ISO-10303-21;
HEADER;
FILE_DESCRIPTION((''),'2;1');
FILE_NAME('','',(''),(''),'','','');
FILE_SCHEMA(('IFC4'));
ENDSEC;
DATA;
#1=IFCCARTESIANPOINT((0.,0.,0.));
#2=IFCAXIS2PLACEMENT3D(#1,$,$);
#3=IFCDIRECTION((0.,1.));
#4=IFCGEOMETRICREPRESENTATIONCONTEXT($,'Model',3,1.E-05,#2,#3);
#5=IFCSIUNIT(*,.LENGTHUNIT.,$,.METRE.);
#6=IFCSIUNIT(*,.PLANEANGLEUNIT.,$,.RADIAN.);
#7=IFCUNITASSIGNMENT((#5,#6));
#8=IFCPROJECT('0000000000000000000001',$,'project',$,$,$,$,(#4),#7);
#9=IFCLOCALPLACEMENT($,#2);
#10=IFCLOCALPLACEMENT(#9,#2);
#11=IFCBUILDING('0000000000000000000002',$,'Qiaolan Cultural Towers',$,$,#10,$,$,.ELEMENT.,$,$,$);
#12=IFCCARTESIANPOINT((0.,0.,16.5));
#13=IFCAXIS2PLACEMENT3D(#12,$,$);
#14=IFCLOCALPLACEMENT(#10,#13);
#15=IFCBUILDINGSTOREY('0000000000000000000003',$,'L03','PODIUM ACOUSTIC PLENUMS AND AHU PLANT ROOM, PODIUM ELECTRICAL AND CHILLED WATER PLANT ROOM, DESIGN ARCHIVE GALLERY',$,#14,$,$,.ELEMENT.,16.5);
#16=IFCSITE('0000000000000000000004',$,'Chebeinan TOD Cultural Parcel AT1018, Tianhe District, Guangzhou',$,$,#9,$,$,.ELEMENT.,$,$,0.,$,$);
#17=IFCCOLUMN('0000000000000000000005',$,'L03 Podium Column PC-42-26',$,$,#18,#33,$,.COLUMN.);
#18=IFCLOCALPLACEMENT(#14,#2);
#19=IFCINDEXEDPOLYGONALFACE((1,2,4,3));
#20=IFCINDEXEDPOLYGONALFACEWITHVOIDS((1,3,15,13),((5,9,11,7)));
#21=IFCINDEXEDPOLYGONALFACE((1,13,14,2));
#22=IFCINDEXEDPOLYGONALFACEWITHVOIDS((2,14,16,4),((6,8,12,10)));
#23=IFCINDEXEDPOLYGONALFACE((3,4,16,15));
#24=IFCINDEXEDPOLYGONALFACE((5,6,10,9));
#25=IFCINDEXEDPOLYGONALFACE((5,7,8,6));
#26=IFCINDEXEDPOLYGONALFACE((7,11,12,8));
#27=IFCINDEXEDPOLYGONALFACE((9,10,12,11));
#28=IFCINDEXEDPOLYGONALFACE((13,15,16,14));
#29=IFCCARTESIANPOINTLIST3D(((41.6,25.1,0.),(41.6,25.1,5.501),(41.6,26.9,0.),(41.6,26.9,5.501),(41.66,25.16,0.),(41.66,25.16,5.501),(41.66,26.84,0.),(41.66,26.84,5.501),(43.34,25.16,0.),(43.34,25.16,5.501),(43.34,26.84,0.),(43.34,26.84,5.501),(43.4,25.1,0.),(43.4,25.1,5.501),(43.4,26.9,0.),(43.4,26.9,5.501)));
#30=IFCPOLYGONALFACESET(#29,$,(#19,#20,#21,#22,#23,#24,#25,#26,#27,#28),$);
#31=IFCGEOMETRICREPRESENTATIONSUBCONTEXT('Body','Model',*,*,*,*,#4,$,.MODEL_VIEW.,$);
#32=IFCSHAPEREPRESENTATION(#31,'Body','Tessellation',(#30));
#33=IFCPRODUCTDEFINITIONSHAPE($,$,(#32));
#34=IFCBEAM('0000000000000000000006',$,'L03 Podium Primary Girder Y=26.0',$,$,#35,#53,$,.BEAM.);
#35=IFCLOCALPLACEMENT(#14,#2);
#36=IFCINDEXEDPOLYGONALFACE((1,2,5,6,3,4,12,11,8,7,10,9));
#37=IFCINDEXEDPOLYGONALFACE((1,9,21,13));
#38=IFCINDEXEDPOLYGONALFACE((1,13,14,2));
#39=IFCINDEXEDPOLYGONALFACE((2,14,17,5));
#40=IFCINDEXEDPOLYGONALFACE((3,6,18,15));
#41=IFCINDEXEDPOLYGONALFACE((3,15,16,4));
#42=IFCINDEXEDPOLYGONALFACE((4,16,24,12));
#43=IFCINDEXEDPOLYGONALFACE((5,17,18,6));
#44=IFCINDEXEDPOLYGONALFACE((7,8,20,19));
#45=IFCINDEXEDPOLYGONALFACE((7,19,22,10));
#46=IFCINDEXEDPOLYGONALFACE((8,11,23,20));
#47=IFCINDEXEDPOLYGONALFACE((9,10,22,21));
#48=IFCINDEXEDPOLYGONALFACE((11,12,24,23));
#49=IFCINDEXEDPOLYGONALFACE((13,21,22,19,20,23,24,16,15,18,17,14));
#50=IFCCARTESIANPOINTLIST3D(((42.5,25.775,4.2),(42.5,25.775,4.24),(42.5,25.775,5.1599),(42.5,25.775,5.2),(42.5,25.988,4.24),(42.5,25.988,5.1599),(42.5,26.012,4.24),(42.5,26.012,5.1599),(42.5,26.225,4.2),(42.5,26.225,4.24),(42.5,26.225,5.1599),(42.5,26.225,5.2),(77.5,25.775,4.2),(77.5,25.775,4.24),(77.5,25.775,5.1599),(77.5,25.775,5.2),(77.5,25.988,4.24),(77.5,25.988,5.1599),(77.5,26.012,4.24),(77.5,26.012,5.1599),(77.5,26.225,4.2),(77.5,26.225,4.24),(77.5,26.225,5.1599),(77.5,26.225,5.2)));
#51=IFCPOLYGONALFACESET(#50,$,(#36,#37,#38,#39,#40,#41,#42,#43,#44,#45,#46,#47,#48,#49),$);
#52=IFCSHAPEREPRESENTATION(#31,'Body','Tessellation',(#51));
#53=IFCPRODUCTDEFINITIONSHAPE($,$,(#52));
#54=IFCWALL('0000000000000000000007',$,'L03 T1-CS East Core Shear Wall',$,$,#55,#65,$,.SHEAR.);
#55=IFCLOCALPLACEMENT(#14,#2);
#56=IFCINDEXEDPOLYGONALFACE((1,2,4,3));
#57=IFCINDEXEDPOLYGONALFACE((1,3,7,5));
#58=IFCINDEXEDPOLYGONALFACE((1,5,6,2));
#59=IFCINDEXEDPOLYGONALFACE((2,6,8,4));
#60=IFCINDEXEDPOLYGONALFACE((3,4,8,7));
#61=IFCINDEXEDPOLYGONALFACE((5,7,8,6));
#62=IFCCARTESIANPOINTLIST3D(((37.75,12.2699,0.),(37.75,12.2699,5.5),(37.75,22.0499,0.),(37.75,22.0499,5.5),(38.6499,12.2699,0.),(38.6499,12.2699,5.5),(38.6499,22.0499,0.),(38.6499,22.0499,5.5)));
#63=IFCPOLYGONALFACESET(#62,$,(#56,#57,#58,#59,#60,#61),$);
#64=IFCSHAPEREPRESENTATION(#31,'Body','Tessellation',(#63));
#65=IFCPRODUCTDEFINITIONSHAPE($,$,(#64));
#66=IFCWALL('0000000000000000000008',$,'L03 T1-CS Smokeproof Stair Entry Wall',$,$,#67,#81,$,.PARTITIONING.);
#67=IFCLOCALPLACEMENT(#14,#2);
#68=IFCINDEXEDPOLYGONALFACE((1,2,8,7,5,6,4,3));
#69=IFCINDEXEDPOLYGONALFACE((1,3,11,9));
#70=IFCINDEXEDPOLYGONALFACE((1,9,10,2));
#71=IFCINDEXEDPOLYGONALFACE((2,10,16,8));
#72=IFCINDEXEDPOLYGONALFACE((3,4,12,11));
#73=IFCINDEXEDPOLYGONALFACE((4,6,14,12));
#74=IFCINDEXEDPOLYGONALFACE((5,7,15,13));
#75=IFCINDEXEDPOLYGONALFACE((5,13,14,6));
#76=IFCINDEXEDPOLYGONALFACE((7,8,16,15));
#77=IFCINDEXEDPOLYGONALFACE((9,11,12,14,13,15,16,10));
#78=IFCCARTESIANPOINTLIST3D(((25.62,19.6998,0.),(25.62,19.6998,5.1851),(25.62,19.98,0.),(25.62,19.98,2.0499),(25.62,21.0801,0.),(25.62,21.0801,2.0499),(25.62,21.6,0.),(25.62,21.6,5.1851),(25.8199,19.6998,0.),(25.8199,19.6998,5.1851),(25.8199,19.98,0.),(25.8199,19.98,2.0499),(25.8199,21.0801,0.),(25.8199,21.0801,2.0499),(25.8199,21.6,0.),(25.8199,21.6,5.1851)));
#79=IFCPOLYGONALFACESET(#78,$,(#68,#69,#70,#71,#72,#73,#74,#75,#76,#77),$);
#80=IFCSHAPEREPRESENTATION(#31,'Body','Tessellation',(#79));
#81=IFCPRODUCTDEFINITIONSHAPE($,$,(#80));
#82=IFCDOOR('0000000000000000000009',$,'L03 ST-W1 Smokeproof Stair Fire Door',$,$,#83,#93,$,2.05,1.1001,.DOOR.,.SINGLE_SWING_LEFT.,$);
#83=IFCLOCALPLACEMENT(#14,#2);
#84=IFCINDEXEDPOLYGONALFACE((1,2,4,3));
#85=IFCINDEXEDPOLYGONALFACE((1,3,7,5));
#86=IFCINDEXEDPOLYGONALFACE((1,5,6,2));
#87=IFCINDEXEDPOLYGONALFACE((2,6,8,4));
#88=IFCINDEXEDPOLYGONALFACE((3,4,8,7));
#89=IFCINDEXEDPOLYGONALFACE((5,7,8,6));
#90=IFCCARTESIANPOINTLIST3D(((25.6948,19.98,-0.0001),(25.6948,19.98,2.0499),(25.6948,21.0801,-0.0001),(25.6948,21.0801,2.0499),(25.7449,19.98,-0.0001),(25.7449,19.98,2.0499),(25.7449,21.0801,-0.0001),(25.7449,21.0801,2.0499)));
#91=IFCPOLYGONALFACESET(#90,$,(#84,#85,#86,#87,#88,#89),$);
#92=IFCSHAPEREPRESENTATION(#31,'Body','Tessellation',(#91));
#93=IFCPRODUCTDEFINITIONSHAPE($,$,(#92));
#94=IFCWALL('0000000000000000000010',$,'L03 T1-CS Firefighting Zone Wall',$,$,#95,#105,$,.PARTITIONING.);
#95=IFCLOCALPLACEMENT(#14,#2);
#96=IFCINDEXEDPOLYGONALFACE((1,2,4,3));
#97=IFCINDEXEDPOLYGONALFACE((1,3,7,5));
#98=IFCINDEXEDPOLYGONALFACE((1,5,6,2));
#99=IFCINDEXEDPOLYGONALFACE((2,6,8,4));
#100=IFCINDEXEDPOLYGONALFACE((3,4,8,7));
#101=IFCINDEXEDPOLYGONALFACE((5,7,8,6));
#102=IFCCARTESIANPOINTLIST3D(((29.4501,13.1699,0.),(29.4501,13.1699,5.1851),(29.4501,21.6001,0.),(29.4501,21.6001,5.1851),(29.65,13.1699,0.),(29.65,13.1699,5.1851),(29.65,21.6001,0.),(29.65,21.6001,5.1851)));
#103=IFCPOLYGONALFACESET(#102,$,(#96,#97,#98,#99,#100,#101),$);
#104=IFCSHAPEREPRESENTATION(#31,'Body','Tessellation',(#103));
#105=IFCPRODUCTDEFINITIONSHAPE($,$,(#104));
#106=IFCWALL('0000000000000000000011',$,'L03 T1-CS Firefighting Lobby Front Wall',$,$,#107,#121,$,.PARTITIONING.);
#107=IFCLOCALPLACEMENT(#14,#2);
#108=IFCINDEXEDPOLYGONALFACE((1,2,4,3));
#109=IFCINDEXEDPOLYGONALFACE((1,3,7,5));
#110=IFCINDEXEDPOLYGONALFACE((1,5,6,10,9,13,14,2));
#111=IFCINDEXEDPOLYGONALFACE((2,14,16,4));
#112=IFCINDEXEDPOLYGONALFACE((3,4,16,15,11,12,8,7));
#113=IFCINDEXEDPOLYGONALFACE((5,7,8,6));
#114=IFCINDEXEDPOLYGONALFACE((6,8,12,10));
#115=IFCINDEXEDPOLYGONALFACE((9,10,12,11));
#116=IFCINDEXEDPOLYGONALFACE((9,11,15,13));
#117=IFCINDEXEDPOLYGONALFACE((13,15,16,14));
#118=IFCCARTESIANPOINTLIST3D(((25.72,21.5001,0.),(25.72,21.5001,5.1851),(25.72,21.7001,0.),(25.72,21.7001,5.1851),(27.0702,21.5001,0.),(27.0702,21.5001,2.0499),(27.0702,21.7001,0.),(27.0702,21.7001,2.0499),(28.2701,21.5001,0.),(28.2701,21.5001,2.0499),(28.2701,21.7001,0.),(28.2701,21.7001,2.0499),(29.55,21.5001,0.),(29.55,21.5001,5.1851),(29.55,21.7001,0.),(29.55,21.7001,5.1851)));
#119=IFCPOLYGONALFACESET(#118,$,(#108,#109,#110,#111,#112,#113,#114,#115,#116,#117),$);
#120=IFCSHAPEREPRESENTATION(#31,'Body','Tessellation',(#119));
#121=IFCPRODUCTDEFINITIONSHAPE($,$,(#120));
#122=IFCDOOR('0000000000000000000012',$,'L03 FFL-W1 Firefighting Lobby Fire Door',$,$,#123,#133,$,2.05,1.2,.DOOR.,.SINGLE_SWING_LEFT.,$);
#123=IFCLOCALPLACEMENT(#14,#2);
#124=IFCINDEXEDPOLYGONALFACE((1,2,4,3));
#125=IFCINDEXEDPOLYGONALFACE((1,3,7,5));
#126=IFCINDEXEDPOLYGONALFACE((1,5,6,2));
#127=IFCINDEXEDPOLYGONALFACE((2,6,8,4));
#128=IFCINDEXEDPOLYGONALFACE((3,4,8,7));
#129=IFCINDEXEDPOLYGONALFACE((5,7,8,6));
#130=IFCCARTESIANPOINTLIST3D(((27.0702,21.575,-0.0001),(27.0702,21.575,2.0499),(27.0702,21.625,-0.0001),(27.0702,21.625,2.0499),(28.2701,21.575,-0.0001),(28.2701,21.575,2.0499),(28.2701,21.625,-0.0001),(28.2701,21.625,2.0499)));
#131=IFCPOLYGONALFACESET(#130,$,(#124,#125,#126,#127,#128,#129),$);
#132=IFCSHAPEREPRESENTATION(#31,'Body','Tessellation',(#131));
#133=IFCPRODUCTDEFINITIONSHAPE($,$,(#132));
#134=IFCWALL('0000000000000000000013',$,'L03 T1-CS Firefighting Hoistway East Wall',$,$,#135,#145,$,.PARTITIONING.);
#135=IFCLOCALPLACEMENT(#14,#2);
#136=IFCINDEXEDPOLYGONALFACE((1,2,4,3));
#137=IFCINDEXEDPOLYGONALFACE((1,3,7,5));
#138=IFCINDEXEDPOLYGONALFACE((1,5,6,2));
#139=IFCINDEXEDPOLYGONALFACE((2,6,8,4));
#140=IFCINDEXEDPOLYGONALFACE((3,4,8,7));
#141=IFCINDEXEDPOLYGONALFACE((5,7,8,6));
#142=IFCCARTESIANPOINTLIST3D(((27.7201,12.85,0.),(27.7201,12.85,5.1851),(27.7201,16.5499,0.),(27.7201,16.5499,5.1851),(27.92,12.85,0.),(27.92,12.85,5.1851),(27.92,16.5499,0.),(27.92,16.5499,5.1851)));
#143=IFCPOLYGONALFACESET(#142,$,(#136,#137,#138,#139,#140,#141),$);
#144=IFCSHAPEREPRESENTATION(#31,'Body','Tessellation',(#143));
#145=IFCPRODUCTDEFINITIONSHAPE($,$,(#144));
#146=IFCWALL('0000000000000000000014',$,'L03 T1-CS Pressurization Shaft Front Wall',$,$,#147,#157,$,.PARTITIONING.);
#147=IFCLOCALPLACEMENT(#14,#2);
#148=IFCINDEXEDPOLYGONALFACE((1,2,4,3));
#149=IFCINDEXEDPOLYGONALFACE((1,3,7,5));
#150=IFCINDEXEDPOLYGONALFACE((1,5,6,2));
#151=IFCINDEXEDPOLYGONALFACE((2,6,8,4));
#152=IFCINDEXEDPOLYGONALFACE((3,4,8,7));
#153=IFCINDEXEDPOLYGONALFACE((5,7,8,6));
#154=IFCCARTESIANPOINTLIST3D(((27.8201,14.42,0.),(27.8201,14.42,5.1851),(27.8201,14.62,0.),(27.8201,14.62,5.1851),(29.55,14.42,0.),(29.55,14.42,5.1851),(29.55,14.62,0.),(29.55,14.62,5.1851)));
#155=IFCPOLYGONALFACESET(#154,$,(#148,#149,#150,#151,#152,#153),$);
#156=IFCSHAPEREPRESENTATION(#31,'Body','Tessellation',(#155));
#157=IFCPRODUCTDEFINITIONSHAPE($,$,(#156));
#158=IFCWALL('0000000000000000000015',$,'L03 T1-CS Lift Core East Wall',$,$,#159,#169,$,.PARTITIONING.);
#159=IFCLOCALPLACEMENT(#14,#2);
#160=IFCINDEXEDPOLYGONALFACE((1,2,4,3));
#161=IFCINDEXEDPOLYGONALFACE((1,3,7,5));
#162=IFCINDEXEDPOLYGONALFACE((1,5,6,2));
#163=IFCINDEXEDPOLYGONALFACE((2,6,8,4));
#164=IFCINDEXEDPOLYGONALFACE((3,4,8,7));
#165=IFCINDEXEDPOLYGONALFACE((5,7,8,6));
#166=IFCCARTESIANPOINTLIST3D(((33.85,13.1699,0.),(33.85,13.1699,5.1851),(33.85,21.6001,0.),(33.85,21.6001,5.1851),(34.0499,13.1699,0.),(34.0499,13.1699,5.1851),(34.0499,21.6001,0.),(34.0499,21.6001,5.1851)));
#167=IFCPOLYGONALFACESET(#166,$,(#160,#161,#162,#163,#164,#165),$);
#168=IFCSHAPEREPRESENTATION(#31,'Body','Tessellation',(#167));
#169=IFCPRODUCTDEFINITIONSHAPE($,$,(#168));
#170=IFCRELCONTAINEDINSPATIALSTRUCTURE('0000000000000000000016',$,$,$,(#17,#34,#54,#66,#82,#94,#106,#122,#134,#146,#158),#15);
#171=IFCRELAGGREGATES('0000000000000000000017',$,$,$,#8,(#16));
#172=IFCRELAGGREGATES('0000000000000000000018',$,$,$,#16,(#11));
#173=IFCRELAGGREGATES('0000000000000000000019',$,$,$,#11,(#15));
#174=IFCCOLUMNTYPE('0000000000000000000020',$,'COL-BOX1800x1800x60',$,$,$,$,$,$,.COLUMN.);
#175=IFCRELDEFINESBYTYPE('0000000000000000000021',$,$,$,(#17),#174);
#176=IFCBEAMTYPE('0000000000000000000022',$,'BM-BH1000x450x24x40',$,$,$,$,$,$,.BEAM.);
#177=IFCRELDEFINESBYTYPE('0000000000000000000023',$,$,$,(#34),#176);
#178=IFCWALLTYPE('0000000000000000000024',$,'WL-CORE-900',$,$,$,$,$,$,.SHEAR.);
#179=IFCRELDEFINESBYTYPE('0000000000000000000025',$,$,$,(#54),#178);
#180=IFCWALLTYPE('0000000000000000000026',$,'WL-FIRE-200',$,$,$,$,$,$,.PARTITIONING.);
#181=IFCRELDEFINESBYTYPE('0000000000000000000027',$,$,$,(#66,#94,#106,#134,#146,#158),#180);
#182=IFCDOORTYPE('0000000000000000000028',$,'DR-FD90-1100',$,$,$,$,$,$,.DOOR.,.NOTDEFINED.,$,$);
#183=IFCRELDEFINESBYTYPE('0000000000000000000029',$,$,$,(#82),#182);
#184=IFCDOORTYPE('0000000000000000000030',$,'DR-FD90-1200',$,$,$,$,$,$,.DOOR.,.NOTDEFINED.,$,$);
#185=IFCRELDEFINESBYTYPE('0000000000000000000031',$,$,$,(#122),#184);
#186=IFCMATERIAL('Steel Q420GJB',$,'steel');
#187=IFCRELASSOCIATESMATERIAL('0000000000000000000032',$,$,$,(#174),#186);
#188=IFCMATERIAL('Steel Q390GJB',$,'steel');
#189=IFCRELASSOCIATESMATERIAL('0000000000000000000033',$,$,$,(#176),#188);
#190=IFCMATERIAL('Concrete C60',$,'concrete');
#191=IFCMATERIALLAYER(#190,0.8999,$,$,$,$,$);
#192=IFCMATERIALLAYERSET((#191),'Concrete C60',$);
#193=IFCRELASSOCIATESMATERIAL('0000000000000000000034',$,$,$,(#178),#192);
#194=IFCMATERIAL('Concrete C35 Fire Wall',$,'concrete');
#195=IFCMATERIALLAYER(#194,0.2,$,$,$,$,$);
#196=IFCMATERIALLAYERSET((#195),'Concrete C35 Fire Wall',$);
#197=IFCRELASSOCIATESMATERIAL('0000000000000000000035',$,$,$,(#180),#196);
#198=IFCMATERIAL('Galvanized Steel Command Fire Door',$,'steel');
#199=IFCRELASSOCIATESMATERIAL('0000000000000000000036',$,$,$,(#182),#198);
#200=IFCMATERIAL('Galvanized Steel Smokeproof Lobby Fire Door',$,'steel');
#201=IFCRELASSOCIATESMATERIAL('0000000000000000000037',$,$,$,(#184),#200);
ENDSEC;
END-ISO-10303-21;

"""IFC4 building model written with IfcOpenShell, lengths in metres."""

from ifc_helpers import new_model, si_unit, direction, frame, frame_2d, origin, origin_2d, place, context, subcontext, project, spatial, rectangle, hollow_rectangle, i_section, extrude, material, layer, layer_set, material_profile, profile_set, type_object, element, fill, save


model = new_model("IFC4")

# Units and contexts
model_context = context("Model", 3, precision=1e-05, world=origin(), true_north=direction((0.0, 1.0)))
body_context = subcontext(model_context, "Body", "Model", "MODEL_VIEW")
ifc_project = project(units=[si_unit("LENGTHUNIT", "METRE"), si_unit("PLANEANGLEUNIT", "RADIAN")], contexts=[model_context])

# Site, building, storey
site_placement = place(None, origin())
site = spatial("IfcSite", under=ifc_project, at=site_placement, Name="Chebeinan TOD Cultural Parcel AT1018, Tianhe District, Guangzhou", CompositionType="ELEMENT", RefElevation=0.0)
building_placement = place(site_placement, origin())
building = spatial("IfcBuilding", under=site, at=building_placement, Name="Qiaolan Cultural Towers", CompositionType="ELEMENT")
storey_placement = place(building_placement, frame((0.0, 0.0, 16.5)))
storey = spatial("IfcBuildingStorey", under=building, at=storey_placement, Name="L03", Description="PODIUM ACOUSTIC PLENUMS AND AHU PLANT ROOM, PODIUM ELECTRICAL AND CHILLED WATER PLANT ROOM, DESIGN ARCHIVE GALLERY", CompositionType="ELEMENT", Elevation=16.5)

# Column
ifc_material_1 = material(Name="Steel Q420GJB", Category="steel")
ifc_material_profile_1 = material_profile(ifc_material_1, hollow_rectangle(XDim=1.8, YDim=1.8, WallThickness=0.0601, at=origin_2d()), Name="BOX1800x1800x60")
ifc_profile_set_1 = profile_set([ifc_material_profile_1], Name="Steel Q420GJB")
column_type = type_object("IfcColumnType", Name="COL-BOX1800x1800x60", PredefinedType="COLUMN", material=ifc_profile_set_1)
column_placement = place(storey_placement, frame((42.5, 26.0, 0.0), z_axis=(0.0, 0.0, 1.0), x_axis=(1.0, 0.0, 0.0)))
element("IfcColumn", 1, at=column_placement, inside=storey, type_object=column_type, Name="L03 Podium Column PC-42-26", PredefinedType="COLUMN", context=body_context, shape_type="SweptSolid", body=[
    extrude(hollow_rectangle(XDim=1.8, YDim=1.8, WallThickness=0.0601, at=origin_2d()), origin(), (0.0, 0.0, 1.0), 5.501),
])

# Beam
ifc_material_2 = material(Name="Steel Q390GJB", Category="steel")
ifc_material_profile_2 = material_profile(ifc_material_2, i_section(OverallWidth=0.45, OverallDepth=1.0, WebThickness=0.0239, FlangeThickness=0.04, at=origin_2d()), Name="BH1000x450x24x40")
ifc_profile_set_2 = profile_set([ifc_material_profile_2], Name="Steel Q390GJB")
beam_type = type_object("IfcBeamType", Name="BM-BH1000x450x24x40", PredefinedType="BEAM", material=ifc_profile_set_2)
beam_placement = place(storey_placement, frame((42.5, 26.0, 4.7), z_axis=(1.0, 0.0, 0.0), x_axis=(0.0, 1.0, 0.0)))
element("IfcBeam", 2, at=beam_placement, inside=storey, type_object=beam_type, Name="L03 Podium Primary Girder Y=26.0", PredefinedType="BEAM", context=body_context, shape_type="SweptSolid", body=[
    extrude(i_section(OverallWidth=0.45, OverallDepth=1.0, WebThickness=0.0239, FlangeThickness=0.04, at=origin_2d()), origin(), (0.0, 0.0, 1.0), 35.0),
])

# Wall
ifc_material_3 = material(Name="Concrete C60", Category="concrete")
ifc_layer_1 = layer(ifc_material_3, 0.8999)
ifc_layer_set_1 = layer_set([ifc_layer_1], Name="Concrete C60")
wall_type_1 = type_object("IfcWallType", Name="WL-CORE-900", PredefinedType="SHEAR", material=ifc_layer_set_1)
wall_1_placement = place(storey_placement, frame((38.2, 22.05, 0.0), z_axis=(0.0, 0.0, 1.0), x_axis=(0.0, -1.0, 0.0)))
element("IfcWall", 3, at=wall_1_placement, inside=storey, type_object=wall_type_1, Name="L03 T1-CS East Core Shear Wall", PredefinedType="SHEAR", context=body_context, shape_type="SweptSolid", body=[
    extrude(rectangle(XDim=9.78, YDim=0.8999, at=frame_2d((4.8901, 0.0))), origin(), (0.0, 0.0, 1.0), 5.5),
])

# Wall, opening, door
ifc_material_4 = material(Name="Concrete C35 Fire Wall", Category="concrete")
ifc_layer_2 = layer(ifc_material_4, 0.2)
ifc_layer_set_2 = layer_set([ifc_layer_2], Name="Concrete C35 Fire Wall")
wall_type_2 = type_object("IfcWallType", Name="WL-FIRE-200", PredefinedType="PARTITIONING", material=ifc_layer_set_2)
wall_2_placement = place(storey_placement, frame((25.72, 21.6001, 0.0), z_axis=(0.0, 0.0, 1.0), x_axis=(0.0, -1.0, 0.0)))
wall_2 = element("IfcWall", 4, at=wall_2_placement, inside=storey, type_object=wall_type_2, Name="L03 T1-CS Smokeproof Stair Entry Wall", PredefinedType="PARTITIONING", context=body_context, shape_type="SweptSolid", body=[
    extrude(rectangle(XDim=1.9001, YDim=0.2, at=frame_2d((0.9502, 0.0))), origin(), (0.0, 0.0, 1.0), 5.1851),
])
opening_1_placement = place(wall_2_placement, frame((0.52, 0.0, 0.0)))
opening_1 = element("IfcOpeningElement", 5, at=opening_1_placement, cuts=wall_2, PredefinedType="OPENING", context=body_context, shape_type="SweptSolid", body=[
    extrude(rectangle(XDim=1.1001, YDim=2.05, at=frame_2d((0.55, 1.0249))), frame((0.0, 0.1099, 0.0), z_axis=(0.0, -1.0, 0.0), x_axis=(1.0, 0.0, 0.0)), (0.0, 0.0, 1.0), 0.22),
])
ifc_material_5 = material(Name="Galvanized Steel Command Fire Door", Category="steel")
door_type_1 = type_object("IfcDoorType", Name="DR-FD90-1100", OperationType="NOTDEFINED", PredefinedType="DOOR", material=ifc_material_5)
door_1_placement = place(opening_1_placement, origin())
door_1 = element("IfcDoor", 6, at=door_1_placement, inside=storey, type_object=door_type_1, Name="L03 ST-W1 Smokeproof Stair Fire Door", OperationType="SINGLE_SWING_LEFT", OverallHeight=2.05, OverallWidth=1.1001, PredefinedType="DOOR", context=body_context, shape_type="SweptSolid", body=[
    extrude(rectangle(XDim=1.1001, YDim=2.05, at=frame_2d((0.55, 1.0249))), frame((0.0, 0.0249, 0.0), z_axis=(0.0, -1.0, 0.0), x_axis=(1.0, 0.0, 0.0)), (0.0, 0.0, 1.0), 0.05),
])
fill(opening_1, door_1)

# Wall
wall_3_placement = place(storey_placement, frame((29.55, 21.6001, 0.0), z_axis=(0.0, 0.0, 1.0), x_axis=(0.0, -1.0, 0.0)))
element("IfcWall", 7, at=wall_3_placement, inside=storey, type_object=wall_type_2, Name="L03 T1-CS Firefighting Zone Wall", PredefinedType="PARTITIONING", context=body_context, shape_type="SweptSolid", body=[
    extrude(rectangle(XDim=8.4302, YDim=0.2, at=frame_2d((4.2151, 0.0))), origin(), (0.0, 0.0, 1.0), 5.1851),
])

# Wall, opening, door
wall_4_placement = place(storey_placement, frame((25.72, 21.6001, 0.0), z_axis=(0.0, 0.0, 1.0), x_axis=(1.0, 0.0, 0.0)))
wall_4 = element("IfcWall", 8, at=wall_4_placement, inside=storey, type_object=wall_type_2, Name="L03 T1-CS Firefighting Lobby Front Wall", PredefinedType="PARTITIONING", context=body_context, shape_type="SweptSolid", body=[
    extrude(rectangle(XDim=3.8301, YDim=0.2, at=frame_2d((1.915, 0.0))), origin(), (0.0, 0.0, 1.0), 5.1851),
])
opening_2_placement = place(wall_4_placement, frame((1.3501, 0.0, 0.0)))
opening_2 = element("IfcOpeningElement", 9, at=opening_2_placement, cuts=wall_4, PredefinedType="OPENING", context=body_context, shape_type="SweptSolid", body=[
    extrude(rectangle(XDim=1.2, YDim=2.05, at=frame_2d((0.6001, 1.0249))), frame((0.0, 0.1099, 0.0), z_axis=(0.0, -1.0, 0.0), x_axis=(1.0, 0.0, 0.0)), (0.0, 0.0, 1.0), 0.22),
])
ifc_material_6 = material(Name="Galvanized Steel Smokeproof Lobby Fire Door", Category="steel")
door_type_2 = type_object("IfcDoorType", Name="DR-FD90-1200", OperationType="NOTDEFINED", PredefinedType="DOOR", material=ifc_material_6)
door_2_placement = place(opening_2_placement, origin())
door_2 = element("IfcDoor", 10, at=door_2_placement, inside=storey, type_object=door_type_2, Name="L03 FFL-W1 Firefighting Lobby Fire Door", OperationType="SINGLE_SWING_LEFT", OverallHeight=2.05, OverallWidth=1.2, PredefinedType="DOOR", context=body_context, shape_type="SweptSolid", body=[
    extrude(rectangle(XDim=1.2, YDim=2.05, at=frame_2d((0.6001, 1.0249))), frame((0.0, 0.0249, 0.0), z_axis=(0.0, -1.0, 0.0), x_axis=(1.0, 0.0, 0.0)), (0.0, 0.0, 1.0), 0.05),
])
fill(opening_2, door_2)

# Walls
wall_5_placement = place(storey_placement, frame((27.8201, 16.55, 0.0), z_axis=(0.0, 0.0, 1.0), x_axis=(0.0, -1.0, 0.0)))
element("IfcWall", 11, at=wall_5_placement, inside=storey, type_object=wall_type_2, Name="L03 T1-CS Firefighting Hoistway East Wall", PredefinedType="PARTITIONING", context=body_context, shape_type="SweptSolid", body=[
    extrude(rectangle(XDim=3.7, YDim=0.2, at=frame_2d((1.8501, 0.0))), origin(), (0.0, 0.0, 1.0), 5.1851),
])
wall_6_placement = place(storey_placement, frame((27.8201, 14.52, 0.0), z_axis=(0.0, 0.0, 1.0), x_axis=(1.0, 0.0, 0.0)))
element("IfcWall", 12, at=wall_6_placement, inside=storey, type_object=wall_type_2, Name="L03 T1-CS Pressurization Shaft Front Wall", PredefinedType="PARTITIONING", context=body_context, shape_type="SweptSolid", body=[
    extrude(rectangle(XDim=1.73, YDim=0.2, at=frame_2d((0.865, 0.0))), origin(), (0.0, 0.0, 1.0), 5.1851),
])
wall_7_placement = place(storey_placement, frame((33.95, 21.6001, 0.0), z_axis=(0.0, 0.0, 1.0), x_axis=(0.0, -1.0, 0.0)))
element("IfcWall", 13, at=wall_7_placement, inside=storey, type_object=wall_type_2, Name="L03 T1-CS Lift Core East Wall", PredefinedType="PARTITIONING", context=body_context, shape_type="SweptSolid", body=[
    extrude(rectangle(XDim=8.4302, YDim=0.2, at=frame_2d((4.2151, 0.0))), origin(), (0.0, 0.0, 1.0), 5.1851),
])

save(model, "model.ifc")
